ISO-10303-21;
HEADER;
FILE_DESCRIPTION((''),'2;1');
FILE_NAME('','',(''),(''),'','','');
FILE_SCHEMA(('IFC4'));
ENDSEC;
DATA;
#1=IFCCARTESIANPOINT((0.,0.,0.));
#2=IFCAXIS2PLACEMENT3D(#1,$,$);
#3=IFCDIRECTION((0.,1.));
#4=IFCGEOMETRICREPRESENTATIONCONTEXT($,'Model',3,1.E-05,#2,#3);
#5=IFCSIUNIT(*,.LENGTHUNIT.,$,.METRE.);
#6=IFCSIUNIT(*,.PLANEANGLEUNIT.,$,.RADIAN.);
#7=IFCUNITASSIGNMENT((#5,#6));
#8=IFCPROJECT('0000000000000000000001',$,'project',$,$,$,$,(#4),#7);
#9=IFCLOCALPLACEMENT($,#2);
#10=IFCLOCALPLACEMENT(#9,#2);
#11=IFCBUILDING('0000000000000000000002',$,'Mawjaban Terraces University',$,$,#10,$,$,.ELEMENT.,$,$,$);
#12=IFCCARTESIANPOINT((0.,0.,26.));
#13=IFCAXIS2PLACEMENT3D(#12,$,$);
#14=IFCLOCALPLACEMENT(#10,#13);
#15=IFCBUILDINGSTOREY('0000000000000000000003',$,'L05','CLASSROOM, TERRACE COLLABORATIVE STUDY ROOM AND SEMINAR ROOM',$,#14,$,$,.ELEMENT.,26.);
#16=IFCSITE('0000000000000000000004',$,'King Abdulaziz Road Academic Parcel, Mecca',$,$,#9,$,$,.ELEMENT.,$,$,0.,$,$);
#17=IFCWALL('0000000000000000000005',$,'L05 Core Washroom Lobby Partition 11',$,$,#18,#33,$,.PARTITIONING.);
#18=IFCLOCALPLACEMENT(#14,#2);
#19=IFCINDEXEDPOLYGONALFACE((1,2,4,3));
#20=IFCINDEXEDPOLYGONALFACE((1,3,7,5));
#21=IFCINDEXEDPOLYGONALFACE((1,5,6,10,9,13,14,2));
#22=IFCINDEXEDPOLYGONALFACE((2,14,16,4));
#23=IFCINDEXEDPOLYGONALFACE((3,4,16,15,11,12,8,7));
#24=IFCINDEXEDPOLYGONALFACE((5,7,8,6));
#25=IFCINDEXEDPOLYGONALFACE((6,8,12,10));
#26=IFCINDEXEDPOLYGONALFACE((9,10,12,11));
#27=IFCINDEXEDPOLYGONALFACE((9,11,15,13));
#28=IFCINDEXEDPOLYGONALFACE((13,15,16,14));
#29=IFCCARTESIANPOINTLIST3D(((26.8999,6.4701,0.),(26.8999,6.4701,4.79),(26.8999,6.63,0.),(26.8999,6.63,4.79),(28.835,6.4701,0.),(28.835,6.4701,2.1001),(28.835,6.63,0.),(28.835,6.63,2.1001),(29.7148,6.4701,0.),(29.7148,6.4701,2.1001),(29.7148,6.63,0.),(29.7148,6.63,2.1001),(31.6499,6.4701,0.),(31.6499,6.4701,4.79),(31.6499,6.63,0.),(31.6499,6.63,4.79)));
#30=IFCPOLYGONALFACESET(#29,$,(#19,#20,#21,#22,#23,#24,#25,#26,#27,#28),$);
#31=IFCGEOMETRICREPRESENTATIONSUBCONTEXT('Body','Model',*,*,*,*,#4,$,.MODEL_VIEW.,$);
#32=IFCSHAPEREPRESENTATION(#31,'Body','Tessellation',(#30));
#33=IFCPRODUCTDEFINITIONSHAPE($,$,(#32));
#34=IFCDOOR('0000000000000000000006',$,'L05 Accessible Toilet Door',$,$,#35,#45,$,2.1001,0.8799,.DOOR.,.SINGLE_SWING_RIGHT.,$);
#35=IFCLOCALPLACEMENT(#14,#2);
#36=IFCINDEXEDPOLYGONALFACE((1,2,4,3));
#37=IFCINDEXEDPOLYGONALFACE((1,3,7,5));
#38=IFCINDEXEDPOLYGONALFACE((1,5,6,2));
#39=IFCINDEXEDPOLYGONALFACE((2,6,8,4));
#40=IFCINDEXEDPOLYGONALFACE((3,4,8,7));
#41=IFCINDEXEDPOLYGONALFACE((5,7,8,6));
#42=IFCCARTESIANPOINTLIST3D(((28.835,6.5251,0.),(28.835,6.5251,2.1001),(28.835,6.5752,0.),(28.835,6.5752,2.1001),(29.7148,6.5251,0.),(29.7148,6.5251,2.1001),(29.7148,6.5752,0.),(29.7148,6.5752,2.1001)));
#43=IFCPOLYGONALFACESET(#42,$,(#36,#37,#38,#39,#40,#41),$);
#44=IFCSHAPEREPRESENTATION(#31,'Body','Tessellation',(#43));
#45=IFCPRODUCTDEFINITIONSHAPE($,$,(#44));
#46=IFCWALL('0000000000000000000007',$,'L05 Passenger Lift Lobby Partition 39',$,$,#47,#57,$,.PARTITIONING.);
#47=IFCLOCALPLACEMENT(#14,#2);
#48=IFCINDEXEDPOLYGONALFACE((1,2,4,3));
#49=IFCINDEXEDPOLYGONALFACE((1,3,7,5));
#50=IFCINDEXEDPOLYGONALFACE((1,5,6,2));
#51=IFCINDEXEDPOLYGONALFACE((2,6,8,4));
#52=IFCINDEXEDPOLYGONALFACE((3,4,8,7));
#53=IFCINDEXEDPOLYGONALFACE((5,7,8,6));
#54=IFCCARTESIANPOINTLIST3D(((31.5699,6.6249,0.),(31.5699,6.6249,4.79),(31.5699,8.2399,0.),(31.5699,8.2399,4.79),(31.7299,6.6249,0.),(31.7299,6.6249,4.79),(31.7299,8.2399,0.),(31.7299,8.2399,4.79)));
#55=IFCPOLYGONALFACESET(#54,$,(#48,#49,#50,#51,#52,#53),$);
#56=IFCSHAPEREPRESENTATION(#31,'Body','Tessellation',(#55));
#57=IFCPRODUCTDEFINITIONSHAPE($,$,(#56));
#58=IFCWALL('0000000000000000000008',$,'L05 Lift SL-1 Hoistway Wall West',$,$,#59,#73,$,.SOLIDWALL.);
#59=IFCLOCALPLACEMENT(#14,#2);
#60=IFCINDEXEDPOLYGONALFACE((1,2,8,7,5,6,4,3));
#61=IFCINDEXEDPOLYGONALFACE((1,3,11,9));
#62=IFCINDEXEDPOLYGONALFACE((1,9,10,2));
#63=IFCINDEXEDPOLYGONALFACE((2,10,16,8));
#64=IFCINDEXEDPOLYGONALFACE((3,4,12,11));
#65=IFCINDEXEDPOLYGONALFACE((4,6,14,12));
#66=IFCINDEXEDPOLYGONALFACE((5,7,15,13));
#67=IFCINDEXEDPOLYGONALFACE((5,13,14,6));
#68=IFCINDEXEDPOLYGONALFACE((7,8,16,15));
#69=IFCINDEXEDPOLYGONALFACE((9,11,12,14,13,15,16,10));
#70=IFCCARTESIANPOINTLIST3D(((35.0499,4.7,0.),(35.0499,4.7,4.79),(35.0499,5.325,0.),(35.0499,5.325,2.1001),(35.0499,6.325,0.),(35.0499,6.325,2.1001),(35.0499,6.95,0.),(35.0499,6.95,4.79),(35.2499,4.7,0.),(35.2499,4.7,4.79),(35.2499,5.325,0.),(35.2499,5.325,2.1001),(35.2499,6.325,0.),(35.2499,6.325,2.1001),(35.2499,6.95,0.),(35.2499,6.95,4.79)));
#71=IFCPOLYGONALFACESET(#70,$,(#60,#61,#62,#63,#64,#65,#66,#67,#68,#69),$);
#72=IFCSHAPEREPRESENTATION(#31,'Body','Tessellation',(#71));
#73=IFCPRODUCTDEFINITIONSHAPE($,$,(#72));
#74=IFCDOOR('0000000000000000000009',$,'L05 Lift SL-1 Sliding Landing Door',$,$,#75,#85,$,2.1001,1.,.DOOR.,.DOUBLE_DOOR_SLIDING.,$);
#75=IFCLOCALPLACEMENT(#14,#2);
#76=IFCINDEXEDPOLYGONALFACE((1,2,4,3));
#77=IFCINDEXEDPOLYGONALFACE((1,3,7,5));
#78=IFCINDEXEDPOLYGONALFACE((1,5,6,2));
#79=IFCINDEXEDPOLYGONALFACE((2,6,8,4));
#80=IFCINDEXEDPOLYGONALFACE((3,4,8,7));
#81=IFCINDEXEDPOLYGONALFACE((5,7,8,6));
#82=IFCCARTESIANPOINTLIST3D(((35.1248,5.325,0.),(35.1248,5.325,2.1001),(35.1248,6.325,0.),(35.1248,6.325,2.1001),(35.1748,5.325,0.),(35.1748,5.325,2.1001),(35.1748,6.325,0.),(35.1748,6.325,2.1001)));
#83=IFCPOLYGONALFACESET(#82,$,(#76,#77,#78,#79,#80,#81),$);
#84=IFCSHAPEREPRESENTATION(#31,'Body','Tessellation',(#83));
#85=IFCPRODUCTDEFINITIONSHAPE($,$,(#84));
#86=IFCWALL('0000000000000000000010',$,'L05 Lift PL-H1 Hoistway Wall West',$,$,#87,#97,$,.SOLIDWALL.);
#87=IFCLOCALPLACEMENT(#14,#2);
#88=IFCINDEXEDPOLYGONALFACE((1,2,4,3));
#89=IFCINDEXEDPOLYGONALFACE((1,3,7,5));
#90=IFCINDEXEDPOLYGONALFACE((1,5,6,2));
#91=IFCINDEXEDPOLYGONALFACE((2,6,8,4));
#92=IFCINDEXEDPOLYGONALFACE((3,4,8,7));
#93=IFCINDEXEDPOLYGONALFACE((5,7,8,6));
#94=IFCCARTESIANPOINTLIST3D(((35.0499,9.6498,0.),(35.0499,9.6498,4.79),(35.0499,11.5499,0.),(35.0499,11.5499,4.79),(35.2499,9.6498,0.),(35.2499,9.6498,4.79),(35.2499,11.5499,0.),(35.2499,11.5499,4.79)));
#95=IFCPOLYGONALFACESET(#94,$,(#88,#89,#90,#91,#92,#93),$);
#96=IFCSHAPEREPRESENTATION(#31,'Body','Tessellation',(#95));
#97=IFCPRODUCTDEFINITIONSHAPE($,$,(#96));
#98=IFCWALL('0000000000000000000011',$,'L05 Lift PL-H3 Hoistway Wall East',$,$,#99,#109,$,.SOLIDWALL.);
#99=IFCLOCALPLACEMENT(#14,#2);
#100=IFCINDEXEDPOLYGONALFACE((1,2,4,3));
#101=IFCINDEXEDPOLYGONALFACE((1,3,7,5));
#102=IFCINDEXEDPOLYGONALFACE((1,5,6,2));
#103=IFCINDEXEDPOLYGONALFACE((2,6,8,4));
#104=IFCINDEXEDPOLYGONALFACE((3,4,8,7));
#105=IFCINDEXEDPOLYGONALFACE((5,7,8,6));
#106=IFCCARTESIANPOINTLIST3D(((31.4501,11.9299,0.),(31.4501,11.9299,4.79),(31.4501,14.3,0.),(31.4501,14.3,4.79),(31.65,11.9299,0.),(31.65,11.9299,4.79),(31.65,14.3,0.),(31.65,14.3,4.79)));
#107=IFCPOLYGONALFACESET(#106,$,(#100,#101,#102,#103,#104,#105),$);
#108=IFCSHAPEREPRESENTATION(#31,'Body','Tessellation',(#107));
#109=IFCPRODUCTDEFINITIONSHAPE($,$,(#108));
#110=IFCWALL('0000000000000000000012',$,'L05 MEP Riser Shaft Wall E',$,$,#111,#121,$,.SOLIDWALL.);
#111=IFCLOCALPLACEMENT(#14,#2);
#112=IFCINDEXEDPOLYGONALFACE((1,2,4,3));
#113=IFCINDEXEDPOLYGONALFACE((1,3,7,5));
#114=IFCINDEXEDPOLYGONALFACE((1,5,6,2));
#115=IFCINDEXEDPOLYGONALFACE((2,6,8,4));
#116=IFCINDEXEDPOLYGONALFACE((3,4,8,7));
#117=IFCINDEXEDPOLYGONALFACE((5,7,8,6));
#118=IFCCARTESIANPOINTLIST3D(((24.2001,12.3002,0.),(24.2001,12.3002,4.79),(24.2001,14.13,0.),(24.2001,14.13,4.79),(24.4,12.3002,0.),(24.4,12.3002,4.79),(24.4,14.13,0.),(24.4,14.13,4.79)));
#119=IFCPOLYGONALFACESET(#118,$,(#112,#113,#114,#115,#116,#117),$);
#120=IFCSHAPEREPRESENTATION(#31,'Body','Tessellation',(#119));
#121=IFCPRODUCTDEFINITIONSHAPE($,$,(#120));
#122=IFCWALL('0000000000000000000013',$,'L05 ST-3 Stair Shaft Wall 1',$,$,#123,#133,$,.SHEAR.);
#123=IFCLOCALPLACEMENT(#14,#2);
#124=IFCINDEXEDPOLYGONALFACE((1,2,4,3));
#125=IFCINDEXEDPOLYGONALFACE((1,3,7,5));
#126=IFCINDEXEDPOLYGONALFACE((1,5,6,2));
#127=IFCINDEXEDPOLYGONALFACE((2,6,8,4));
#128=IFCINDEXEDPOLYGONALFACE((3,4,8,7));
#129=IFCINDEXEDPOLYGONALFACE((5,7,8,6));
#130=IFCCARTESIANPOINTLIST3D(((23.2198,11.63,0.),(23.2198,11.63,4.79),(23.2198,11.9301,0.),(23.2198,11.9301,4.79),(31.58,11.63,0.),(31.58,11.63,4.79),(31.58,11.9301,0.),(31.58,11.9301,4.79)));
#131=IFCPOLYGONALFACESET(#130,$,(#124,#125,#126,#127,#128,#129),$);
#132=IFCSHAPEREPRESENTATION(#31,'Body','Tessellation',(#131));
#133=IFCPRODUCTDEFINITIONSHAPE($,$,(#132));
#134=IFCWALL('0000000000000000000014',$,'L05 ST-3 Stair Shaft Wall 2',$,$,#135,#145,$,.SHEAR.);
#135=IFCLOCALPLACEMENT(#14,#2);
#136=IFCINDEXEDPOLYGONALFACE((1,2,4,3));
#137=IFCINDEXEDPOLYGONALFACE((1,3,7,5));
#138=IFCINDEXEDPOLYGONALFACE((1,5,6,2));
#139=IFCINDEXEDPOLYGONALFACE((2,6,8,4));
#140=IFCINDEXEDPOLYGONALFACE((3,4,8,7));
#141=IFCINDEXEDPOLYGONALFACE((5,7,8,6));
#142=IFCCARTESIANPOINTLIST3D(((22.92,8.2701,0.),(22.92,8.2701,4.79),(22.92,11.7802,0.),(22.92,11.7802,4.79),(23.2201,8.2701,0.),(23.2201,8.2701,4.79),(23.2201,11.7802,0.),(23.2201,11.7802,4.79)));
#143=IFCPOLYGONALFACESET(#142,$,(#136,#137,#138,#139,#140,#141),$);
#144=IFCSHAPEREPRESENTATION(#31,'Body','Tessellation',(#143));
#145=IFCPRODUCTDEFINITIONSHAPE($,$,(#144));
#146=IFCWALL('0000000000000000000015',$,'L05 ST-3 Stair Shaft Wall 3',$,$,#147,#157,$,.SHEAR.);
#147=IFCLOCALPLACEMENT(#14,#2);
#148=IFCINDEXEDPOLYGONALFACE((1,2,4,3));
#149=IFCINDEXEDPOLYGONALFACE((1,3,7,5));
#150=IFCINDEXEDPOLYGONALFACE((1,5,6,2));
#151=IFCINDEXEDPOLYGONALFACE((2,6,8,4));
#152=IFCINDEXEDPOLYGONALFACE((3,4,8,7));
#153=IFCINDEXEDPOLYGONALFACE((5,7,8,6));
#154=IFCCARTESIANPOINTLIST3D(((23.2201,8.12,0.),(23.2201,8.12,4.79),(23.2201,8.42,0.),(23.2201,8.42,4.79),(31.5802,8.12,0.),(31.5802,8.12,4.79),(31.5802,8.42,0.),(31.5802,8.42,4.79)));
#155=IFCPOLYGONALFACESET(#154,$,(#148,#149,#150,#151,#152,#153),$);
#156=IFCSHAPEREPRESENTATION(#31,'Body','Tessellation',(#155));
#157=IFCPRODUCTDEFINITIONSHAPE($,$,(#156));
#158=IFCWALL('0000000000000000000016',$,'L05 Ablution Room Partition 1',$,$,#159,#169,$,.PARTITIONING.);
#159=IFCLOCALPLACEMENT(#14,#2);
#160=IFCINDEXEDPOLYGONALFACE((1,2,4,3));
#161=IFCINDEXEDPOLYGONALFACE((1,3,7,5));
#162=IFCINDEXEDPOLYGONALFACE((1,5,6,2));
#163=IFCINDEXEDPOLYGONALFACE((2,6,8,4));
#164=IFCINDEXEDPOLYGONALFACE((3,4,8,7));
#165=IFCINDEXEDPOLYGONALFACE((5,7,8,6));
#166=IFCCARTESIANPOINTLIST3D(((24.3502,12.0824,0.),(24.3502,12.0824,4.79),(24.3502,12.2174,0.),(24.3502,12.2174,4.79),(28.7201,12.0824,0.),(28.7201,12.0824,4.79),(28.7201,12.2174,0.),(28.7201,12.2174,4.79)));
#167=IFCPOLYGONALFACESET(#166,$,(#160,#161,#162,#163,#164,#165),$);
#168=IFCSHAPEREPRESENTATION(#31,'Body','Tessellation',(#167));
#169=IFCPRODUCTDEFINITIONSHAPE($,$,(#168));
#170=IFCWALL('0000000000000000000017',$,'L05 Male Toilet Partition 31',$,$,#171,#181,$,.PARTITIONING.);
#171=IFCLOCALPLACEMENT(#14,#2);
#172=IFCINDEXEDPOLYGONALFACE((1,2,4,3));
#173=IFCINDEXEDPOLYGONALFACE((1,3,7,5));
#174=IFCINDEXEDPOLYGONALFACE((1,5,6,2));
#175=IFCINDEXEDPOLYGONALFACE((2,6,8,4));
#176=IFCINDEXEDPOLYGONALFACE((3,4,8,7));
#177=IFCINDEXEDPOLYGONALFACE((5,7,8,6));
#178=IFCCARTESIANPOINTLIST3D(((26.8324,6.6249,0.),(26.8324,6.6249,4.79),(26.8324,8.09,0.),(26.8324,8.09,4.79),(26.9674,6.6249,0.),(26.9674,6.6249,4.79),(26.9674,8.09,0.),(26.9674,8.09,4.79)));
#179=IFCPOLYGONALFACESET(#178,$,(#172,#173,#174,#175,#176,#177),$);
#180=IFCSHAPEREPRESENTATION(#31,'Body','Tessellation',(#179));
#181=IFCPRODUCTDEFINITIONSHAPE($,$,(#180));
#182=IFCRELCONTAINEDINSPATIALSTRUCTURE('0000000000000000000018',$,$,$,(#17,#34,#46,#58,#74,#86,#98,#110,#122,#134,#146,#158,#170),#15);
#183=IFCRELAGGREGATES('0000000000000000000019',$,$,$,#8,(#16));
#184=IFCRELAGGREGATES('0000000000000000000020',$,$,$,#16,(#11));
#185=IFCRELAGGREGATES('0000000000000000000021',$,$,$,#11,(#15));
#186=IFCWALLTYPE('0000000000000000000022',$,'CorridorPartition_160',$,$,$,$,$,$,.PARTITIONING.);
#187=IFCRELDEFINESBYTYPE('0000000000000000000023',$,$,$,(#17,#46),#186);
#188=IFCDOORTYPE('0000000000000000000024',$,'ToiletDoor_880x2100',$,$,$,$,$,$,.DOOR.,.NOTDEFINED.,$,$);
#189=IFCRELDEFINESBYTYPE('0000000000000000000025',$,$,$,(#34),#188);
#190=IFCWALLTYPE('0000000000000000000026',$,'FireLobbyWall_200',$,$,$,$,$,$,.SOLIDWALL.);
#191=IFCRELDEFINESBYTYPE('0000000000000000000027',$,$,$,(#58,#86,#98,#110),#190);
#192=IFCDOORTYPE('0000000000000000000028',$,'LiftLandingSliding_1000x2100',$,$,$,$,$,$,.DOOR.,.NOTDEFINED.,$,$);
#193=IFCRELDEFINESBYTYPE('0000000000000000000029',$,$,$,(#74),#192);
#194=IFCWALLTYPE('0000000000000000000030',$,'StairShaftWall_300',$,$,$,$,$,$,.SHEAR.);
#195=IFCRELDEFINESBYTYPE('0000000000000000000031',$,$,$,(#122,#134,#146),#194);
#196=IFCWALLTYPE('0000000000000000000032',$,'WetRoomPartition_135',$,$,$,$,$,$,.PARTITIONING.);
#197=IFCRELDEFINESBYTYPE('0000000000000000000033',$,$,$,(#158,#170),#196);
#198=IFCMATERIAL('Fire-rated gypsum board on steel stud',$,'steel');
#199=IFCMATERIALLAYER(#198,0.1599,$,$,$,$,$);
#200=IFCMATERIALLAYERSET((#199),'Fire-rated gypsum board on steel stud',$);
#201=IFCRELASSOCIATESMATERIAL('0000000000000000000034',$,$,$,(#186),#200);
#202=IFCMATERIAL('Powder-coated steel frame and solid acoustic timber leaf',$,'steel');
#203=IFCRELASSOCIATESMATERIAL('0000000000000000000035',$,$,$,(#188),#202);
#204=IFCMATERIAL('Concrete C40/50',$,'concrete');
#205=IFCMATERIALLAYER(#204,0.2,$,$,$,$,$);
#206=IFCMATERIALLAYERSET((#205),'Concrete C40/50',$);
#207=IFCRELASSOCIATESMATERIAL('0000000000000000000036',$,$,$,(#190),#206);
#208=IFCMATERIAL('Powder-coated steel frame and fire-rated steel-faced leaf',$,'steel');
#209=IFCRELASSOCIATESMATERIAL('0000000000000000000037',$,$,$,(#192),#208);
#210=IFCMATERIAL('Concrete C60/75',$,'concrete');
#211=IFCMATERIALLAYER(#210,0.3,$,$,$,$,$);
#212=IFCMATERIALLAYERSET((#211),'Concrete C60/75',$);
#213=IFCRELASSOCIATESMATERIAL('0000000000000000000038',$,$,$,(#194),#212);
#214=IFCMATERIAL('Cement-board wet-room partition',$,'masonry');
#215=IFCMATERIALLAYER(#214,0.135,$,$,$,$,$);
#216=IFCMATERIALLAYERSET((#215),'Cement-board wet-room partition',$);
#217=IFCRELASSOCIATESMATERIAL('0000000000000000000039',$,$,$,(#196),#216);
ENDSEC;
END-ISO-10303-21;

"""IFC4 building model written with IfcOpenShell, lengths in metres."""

from ifc_helpers import new_model, si_unit, direction, frame, frame_2d, origin, place, context, subcontext, project, spatial, rectangle, extrude, material, layer, layer_set, type_object, element, fill, save


model = new_model("IFC4")

# Units and contexts
model_context = context("Model", 3, precision=1e-05, world=origin(), true_north=direction((0.0, 1.0)))
body_context = subcontext(model_context, "Body", "Model", "MODEL_VIEW")
ifc_project = project(units=[si_unit("LENGTHUNIT", "METRE"), si_unit("PLANEANGLEUNIT", "RADIAN")], contexts=[model_context])

# Site, building, storey
site_placement = place(None, origin())
site = spatial("IfcSite", under=ifc_project, at=site_placement, Name="King Abdulaziz Road Academic Parcel, Mecca", CompositionType="ELEMENT", RefElevation=0.0)
building_placement = place(site_placement, origin())
building = spatial("IfcBuilding", under=site, at=building_placement, Name="Mawjaban Terraces University", CompositionType="ELEMENT")
storey_placement = place(building_placement, frame((0.0, 0.0, 26.0)))
storey = spatial("IfcBuildingStorey", under=building, at=storey_placement, Name="L05", Description="CLASSROOM, TERRACE COLLABORATIVE STUDY ROOM AND SEMINAR ROOM", CompositionType="ELEMENT", Elevation=26.0)

# Wall, opening, door
ifc_material_1 = material(Name="Fire-rated gypsum board on steel stud", Category="steel")
ifc_layer_1 = layer(ifc_material_1, 0.1599)
ifc_layer_set_1 = layer_set([ifc_layer_1], Name="Fire-rated gypsum board on steel stud")
wall_type_1 = type_object("IfcWallType", Name="CorridorPartition_160", PredefinedType="PARTITIONING", material=ifc_layer_set_1)
wall_1_placement = place(storey_placement, frame((31.6499, 6.55, 0.0), z_axis=(0.0, 0.0, 1.0), x_axis=(-1.0, 0.0, 0.0)))
wall_1 = element("IfcWall", 1, at=wall_1_placement, inside=storey, type_object=wall_type_1, Name="L05 Core Washroom Lobby Partition 11", PredefinedType="PARTITIONING", context=body_context, shape_type="SweptSolid", body=[
    extrude(rectangle(XDim=4.75, YDim=0.1599, at=frame_2d((2.375, 0.0))), origin(), (0.0, 0.0, 1.0), 4.79),
])
opening_1_placement = place(wall_1_placement, frame((1.9351, 0.0, 0.0)))
opening_1 = element("IfcOpeningElement", 2, at=opening_1_placement, cuts=wall_1, PredefinedType="OPENING", context=body_context, shape_type="SweptSolid", body=[
    extrude(rectangle(XDim=0.8799, YDim=2.1001, at=frame_2d((0.4399, 1.05))), frame((0.0, 0.0898, 0.0), z_axis=(0.0, -1.0, 0.0), x_axis=(1.0, 0.0, 0.0)), (0.0, 0.0, 1.0), 0.1799),
])
ifc_material_2 = material(Name="Powder-coated steel frame and solid acoustic timber leaf", Category="steel")
door_type_1 = type_object("IfcDoorType", Name="ToiletDoor_880x2100", OperationType="NOTDEFINED", PredefinedType="DOOR", material=ifc_material_2)
door_1_placement = place(opening_1_placement, origin())
door_1 = element("IfcDoor", 3, at=door_1_placement, inside=storey, type_object=door_type_1, Name="L05 Accessible Toilet Door", OperationType="SINGLE_SWING_RIGHT", OverallHeight=2.1001, OverallWidth=0.8799, PredefinedType="DOOR", context=body_context, shape_type="SweptSolid", body=[
    extrude(rectangle(XDim=0.8799, YDim=2.1001, at=frame_2d((0.4399, 1.05))), frame((0.0, 0.0249, 0.0), z_axis=(0.0, -1.0, 0.0), x_axis=(1.0, 0.0, 0.0)), (0.0, 0.0, 1.0), 0.05),
])
fill(opening_1, door_1)

# Wall
wall_2_placement = place(storey_placement, frame((31.6499, 8.24, 0.0), z_axis=(0.0, 0.0, 1.0), x_axis=(0.0, -1.0, 0.0)))
element("IfcWall", 4, at=wall_2_placement, inside=storey, type_object=wall_type_1, Name="L05 Passenger Lift Lobby Partition 39", PredefinedType="PARTITIONING", context=body_context, shape_type="SweptSolid", body=[
    extrude(rectangle(XDim=1.615, YDim=0.1599, at=frame_2d((0.8076, 0.0))), origin(), (0.0, 0.0, 1.0), 4.79),
])

# Wall, opening, door
ifc_material_3 = material(Name="Concrete C40/50", Category="concrete")
ifc_layer_2 = layer(ifc_material_3, 0.2)
ifc_layer_set_2 = layer_set([ifc_layer_2], Name="Concrete C40/50")
wall_type_2 = type_object("IfcWallType", Name="FireLobbyWall_200", PredefinedType="SOLIDWALL", material=ifc_layer_set_2)
wall_3_placement = place(storey_placement, frame((35.1499, 6.95, 0.0), z_axis=(0.0, 0.0, 1.0), x_axis=(0.0, -1.0, 0.0)))
wall_3 = element("IfcWall", 5, at=wall_3_placement, inside=storey, type_object=wall_type_2, Name="L05 Lift SL-1 Hoistway Wall West", PredefinedType="SOLIDWALL", context=body_context, shape_type="SweptSolid", body=[
    extrude(rectangle(XDim=2.25, YDim=0.2, at=frame_2d((1.125, 0.0))), origin(), (0.0, 0.0, 1.0), 4.79),
])
opening_2_placement = place(wall_3_placement, frame((0.625, 0.0, 0.0)))
opening_2 = element("IfcOpeningElement", 6, at=opening_2_placement, cuts=wall_3, PredefinedType="OPENING", context=body_context, shape_type="SweptSolid", body=[
    extrude(rectangle(XDim=1.0, YDim=2.1001, at=frame_2d((0.5, 1.05))), frame((0.0, 0.1099, 0.0), z_axis=(0.0, -1.0, 0.0), x_axis=(1.0, 0.0, 0.0)), (0.0, 0.0, 1.0), 0.22),
])
ifc_material_4 = material(Name="Powder-coated steel frame and fire-rated steel-faced leaf", Category="steel")
door_type_2 = type_object("IfcDoorType", Name="LiftLandingSliding_1000x2100", OperationType="NOTDEFINED", PredefinedType="DOOR", material=ifc_material_4)
door_2_placement = place(opening_2_placement, origin())
door_2 = element("IfcDoor", 7, at=door_2_placement, inside=storey, type_object=door_type_2, Name="L05 Lift SL-1 Sliding Landing Door", OperationType="DOUBLE_DOOR_SLIDING", OverallHeight=2.1001, OverallWidth=1.0, PredefinedType="DOOR", context=body_context, shape_type="SweptSolid", body=[
    extrude(rectangle(XDim=1.0, YDim=2.1001, at=frame_2d((0.5, 1.05))), frame((0.0, 0.0249, 0.0), z_axis=(0.0, -1.0, 0.0), x_axis=(1.0, 0.0, 0.0)), (0.0, 0.0, 1.0), 0.05),
])
fill(opening_2, door_2)

# Walls
wall_4_placement = place(storey_placement, frame((35.1499, 11.55, 0.0), z_axis=(0.0, 0.0, 1.0), x_axis=(0.0, -1.0, 0.0)))
element("IfcWall", 8, at=wall_4_placement, inside=storey, type_object=wall_type_2, Name="L05 Lift PL-H1 Hoistway Wall West", PredefinedType="SOLIDWALL", context=body_context, shape_type="SweptSolid", body=[
    extrude(rectangle(XDim=1.9001, YDim=0.2, at=frame_2d((0.9502, 0.0))), origin(), (0.0, 0.0, 1.0), 4.79),
])
wall_5_placement = place(storey_placement, frame((31.55, 11.9299, 0.0), z_axis=(0.0, 0.0, 1.0), x_axis=(0.0, 1.0, 0.0)))
element("IfcWall", 9, at=wall_5_placement, inside=storey, type_object=wall_type_2, Name="L05 Lift PL-H3 Hoistway Wall East", PredefinedType="SOLIDWALL", context=body_context, shape_type="SweptSolid", body=[
    extrude(rectangle(XDim=2.3701, YDim=0.2, at=frame_2d((1.1851, 0.0))), origin(), (0.0, 0.0, 1.0), 4.79),
])
wall_6_placement = place(storey_placement, frame((24.3, 12.3, 0.0), z_axis=(0.0, 0.0, 1.0), x_axis=(0.0, 1.0, 0.0)))
element("IfcWall", 10, at=wall_6_placement, inside=storey, type_object=wall_type_2, Name="L05 MEP Riser Shaft Wall E", PredefinedType="SOLIDWALL", context=body_context, shape_type="SweptSolid", body=[
    extrude(rectangle(XDim=1.8298, YDim=0.2, at=frame_2d((0.915, 0.0))), origin(), (0.0, 0.0, 1.0), 4.79),
])
ifc_material_5 = material(Name="Concrete C60/75", Category="concrete")
ifc_layer_3 = layer(ifc_material_5, 0.3)
ifc_layer_set_3 = layer_set([ifc_layer_3], Name="Concrete C60/75")
wall_type_3 = type_object("IfcWallType", Name="StairShaftWall_300", PredefinedType="SHEAR", material=ifc_layer_set_3)
wall_7_placement = place(storey_placement, frame((31.5801, 11.78, 0.0), z_axis=(0.0, 0.0, 1.0), x_axis=(-1.0, 0.0, 0.0)))
element("IfcWall", 11, at=wall_7_placement, inside=storey, type_object=wall_type_3, Name="L05 ST-3 Stair Shaft Wall 1", PredefinedType="SHEAR", context=body_context, shape_type="SweptSolid", body=[
    extrude(rectangle(XDim=8.3601, YDim=0.3, at=frame_2d((4.1802, 0.0))), origin(), (0.0, 0.0, 1.0), 4.79),
])
wall_8_placement = place(storey_placement, frame((23.0701, 11.78, 0.0), z_axis=(0.0, 0.0, 1.0), x_axis=(0.0, -1.0, 0.0)))
element("IfcWall", 12, at=wall_8_placement, inside=storey, type_object=wall_type_3, Name="L05 ST-3 Stair Shaft Wall 2", PredefinedType="SHEAR", context=body_context, shape_type="SweptSolid", body=[
    extrude(rectangle(XDim=3.51, YDim=0.3, at=frame_2d((1.7549, 0.0))), origin(), (0.0, 0.0, 1.0), 4.79),
])
wall_9_placement = place(storey_placement, frame((23.22, 8.27, 0.0), z_axis=(0.0, 0.0, 1.0), x_axis=(1.0, 0.0, 0.0)))
element("IfcWall", 13, at=wall_9_placement, inside=storey, type_object=wall_type_3, Name="L05 ST-3 Stair Shaft Wall 3", PredefinedType="SHEAR", context=body_context, shape_type="SweptSolid", body=[
    extrude(rectangle(XDim=8.3601, YDim=0.3, at=frame_2d((4.1802, 0.0))), origin(), (0.0, 0.0, 1.0), 4.79),
])

# Walls
ifc_material_6 = material(Name="Cement-board wet-room partition", Category="masonry")
ifc_layer_4 = layer(ifc_material_6, 0.135)
ifc_layer_set_4 = layer_set([ifc_layer_4], Name="Cement-board wet-room partition")
wall_type_4 = type_object("IfcWallType", Name="WetRoomPartition_135", PredefinedType="PARTITIONING", material=ifc_layer_set_4)
wall_10_placement = place(storey_placement, frame((24.3501, 12.1499, 0.0), z_axis=(0.0, 0.0, 1.0), x_axis=(1.0, 0.0, 0.0)))
element("IfcWall", 14, at=wall_10_placement, inside=storey, type_object=wall_type_4, Name="L05 Ablution Room Partition 1", PredefinedType="PARTITIONING", context=body_context, shape_type="SweptSolid", body=[
    extrude(rectangle(XDim=4.3699, YDim=0.135, at=frame_2d((2.1851, 0.0))), origin(), (0.0, 0.0, 1.0), 4.79),
])
wall_11_placement = place(storey_placement, frame((26.8999, 6.625, 0.0), z_axis=(0.0, 0.0, 1.0), x_axis=(0.0, 1.0, 0.0)))
element("IfcWall", 15, at=wall_11_placement, inside=storey, type_object=wall_type_4, Name="L05 Male Toilet Partition 31", PredefinedType="PARTITIONING", context=body_context, shape_type="SweptSolid", body=[
    extrude(rectangle(XDim=1.4651, YDim=0.135, at=frame_2d((0.7324, 0.0))), origin(), (0.0, 0.0, 1.0), 4.79),
])

save(model, "model.ifc")
